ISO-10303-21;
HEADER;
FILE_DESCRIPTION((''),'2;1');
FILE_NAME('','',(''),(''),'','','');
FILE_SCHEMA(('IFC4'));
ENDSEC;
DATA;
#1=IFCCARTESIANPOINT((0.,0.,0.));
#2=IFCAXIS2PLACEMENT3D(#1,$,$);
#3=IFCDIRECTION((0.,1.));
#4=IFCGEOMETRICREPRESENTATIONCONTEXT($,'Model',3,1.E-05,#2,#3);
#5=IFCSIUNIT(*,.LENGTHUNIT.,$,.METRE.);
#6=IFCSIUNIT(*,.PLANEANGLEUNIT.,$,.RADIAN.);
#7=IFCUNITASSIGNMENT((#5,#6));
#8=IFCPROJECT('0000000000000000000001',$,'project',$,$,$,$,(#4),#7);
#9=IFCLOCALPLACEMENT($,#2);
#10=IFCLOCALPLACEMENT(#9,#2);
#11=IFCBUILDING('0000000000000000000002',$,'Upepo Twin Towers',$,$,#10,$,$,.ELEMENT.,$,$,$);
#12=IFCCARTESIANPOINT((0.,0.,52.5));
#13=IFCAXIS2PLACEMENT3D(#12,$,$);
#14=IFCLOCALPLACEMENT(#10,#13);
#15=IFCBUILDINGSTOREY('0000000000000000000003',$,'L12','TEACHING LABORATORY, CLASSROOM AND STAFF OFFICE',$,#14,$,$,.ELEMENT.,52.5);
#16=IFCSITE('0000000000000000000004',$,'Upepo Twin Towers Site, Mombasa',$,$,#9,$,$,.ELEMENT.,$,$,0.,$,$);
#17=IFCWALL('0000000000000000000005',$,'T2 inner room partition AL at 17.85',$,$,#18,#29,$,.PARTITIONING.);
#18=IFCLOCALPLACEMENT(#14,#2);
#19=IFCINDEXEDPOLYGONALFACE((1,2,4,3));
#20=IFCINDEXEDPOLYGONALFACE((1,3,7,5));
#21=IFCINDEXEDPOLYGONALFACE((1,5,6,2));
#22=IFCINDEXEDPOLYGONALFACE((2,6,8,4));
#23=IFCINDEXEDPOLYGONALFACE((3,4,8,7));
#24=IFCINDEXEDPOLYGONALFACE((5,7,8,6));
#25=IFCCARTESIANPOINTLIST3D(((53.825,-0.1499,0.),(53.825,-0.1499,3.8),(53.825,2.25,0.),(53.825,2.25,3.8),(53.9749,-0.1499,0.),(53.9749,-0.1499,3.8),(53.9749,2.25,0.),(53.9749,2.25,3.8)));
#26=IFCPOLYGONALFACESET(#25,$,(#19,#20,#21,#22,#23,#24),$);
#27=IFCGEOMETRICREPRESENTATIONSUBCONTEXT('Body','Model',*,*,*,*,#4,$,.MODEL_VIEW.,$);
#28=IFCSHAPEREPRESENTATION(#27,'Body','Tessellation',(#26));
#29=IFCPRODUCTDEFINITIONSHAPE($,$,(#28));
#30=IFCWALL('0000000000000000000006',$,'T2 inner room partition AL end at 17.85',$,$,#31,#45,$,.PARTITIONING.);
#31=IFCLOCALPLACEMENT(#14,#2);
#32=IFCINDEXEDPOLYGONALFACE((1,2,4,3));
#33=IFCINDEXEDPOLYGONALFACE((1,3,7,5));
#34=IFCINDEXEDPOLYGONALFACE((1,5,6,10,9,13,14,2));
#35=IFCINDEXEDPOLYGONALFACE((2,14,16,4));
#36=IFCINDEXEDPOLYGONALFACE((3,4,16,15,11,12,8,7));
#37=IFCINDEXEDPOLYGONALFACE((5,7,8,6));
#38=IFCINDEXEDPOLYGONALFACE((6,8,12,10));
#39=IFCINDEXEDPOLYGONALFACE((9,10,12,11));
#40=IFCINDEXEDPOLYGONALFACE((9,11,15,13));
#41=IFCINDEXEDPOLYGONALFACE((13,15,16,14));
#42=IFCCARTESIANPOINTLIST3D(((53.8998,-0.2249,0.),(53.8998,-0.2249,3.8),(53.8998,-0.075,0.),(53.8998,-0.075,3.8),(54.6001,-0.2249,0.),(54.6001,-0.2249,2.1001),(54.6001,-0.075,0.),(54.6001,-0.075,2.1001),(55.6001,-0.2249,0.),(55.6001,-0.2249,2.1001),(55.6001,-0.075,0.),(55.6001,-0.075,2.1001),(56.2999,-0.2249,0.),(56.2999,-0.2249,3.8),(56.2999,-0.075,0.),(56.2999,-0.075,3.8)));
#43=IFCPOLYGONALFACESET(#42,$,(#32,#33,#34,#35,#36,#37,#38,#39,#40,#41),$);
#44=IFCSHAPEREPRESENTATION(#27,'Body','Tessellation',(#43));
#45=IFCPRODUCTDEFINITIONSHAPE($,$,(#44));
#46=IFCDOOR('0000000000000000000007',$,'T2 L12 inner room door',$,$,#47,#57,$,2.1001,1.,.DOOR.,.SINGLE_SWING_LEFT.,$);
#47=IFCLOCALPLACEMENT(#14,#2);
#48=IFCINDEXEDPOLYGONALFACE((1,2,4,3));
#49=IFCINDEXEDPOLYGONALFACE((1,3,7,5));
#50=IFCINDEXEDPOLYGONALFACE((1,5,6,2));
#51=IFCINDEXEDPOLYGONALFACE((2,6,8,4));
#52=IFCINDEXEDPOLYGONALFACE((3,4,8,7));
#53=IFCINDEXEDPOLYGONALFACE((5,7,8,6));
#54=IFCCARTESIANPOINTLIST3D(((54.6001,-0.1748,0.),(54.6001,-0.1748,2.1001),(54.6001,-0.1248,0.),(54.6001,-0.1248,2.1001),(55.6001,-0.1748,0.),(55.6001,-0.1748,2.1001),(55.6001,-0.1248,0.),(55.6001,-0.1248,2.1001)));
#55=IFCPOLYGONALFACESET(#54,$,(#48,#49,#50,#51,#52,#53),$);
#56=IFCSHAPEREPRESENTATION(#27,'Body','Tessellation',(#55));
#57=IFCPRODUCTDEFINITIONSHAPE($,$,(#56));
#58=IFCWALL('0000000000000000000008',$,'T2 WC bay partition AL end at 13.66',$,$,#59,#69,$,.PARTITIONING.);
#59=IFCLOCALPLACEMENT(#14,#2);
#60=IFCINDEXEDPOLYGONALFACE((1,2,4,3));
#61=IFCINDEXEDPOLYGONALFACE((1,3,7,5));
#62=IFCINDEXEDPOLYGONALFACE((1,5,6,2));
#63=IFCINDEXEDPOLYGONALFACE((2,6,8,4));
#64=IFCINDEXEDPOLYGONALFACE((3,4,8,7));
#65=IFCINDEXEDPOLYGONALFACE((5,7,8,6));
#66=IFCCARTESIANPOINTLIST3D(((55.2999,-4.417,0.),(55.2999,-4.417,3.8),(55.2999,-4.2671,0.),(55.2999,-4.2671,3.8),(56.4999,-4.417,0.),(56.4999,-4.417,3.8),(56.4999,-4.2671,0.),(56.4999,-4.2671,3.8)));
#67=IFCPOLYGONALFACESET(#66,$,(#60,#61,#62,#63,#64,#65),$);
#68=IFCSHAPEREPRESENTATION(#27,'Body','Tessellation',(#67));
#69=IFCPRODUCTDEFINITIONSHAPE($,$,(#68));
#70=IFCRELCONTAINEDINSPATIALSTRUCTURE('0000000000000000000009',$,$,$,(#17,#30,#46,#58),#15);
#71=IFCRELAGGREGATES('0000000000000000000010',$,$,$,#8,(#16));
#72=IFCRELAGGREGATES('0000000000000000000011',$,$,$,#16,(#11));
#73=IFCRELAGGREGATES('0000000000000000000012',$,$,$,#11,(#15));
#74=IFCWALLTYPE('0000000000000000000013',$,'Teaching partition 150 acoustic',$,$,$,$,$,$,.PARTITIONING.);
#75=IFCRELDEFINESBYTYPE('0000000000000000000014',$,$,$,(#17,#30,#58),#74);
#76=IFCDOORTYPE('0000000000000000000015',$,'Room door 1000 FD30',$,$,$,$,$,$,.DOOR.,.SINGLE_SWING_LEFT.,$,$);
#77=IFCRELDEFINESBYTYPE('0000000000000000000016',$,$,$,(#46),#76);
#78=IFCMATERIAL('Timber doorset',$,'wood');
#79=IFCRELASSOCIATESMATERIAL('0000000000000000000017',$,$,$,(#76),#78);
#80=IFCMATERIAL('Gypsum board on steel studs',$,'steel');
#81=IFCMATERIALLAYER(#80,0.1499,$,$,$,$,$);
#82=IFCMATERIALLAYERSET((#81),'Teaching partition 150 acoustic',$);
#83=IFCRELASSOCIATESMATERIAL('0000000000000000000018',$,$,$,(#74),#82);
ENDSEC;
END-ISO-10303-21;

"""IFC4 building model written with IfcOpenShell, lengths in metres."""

from ifc_helpers import new_model, si_unit, direction, frame, frame_2d, origin, place, context, subcontext, project, spatial, rectangle, extrude, material, layer, layer_set, type_object, element, fill, save


model = new_model("IFC4")

# Units and contexts
model_context = context("Model", 3, precision=1e-05, world=origin(), true_north=direction((0.0, 1.0)))
body_context = subcontext(model_context, "Body", "Model", "MODEL_VIEW")
ifc_project = project(units=[si_unit("LENGTHUNIT", "METRE"), si_unit("PLANEANGLEUNIT", "RADIAN")], contexts=[model_context])

# Site, building, storey
site_placement = place(None, origin())
site = spatial("IfcSite", under=ifc_project, at=site_placement, Name="Upepo Twin Towers Site, Mombasa", CompositionType="ELEMENT", RefElevation=0.0)
building_placement = place(site_placement, origin())
building = spatial("IfcBuilding", under=site, at=building_placement, Name="Upepo Twin Towers", CompositionType="ELEMENT")
storey_placement = place(building_placement, frame((0.0, 0.0, 52.5)))
storey = spatial("IfcBuildingStorey", under=building, at=storey_placement, Name="L12", Description="TEACHING LABORATORY, CLASSROOM AND STAFF OFFICE", CompositionType="ELEMENT", Elevation=52.5)

# Shared definitions
ifc_material_1 = material(Name="Timber doorset", Category="wood")
door_type_1 = type_object("IfcDoorType", Name="Room door 1000 FD30", OperationType="SINGLE_SWING_LEFT", PredefinedType="DOOR", material=ifc_material_1)

# Wall
ifc_material_2 = material(Name="Gypsum board on steel studs", Category="steel")
ifc_layer_1 = layer(ifc_material_2, 0.1499)
ifc_layer_set_1 = layer_set([ifc_layer_1], Name="Teaching partition 150 acoustic")
wall_type_1 = type_object("IfcWallType", Name="Teaching partition 150 acoustic", PredefinedType="PARTITIONING", material=ifc_layer_set_1)
wall_1_placement = place(storey_placement, frame((53.8999, -0.1499, 0.0), z_axis=(0.0, 0.0, 1.0), x_axis=(0.0, 1.0, 0.0)))
element("IfcWall", 1, at=wall_1_placement, inside=storey, type_object=wall_type_1, Name="T2 inner room partition AL at 17.85", PredefinedType="PARTITIONING", context=body_context, shape_type="SweptSolid", body=[
    extrude(rectangle(XDim=2.3999, YDim=0.1499, at=frame_2d((1.2, 0.0))), origin(), (0.0, 0.0, 1.0), 3.8),
])

# Wall, opening, door
wall_2_placement = place(storey_placement, frame((56.3, -0.1499, 0.0), z_axis=(0.0, 0.0, 1.0), x_axis=(-1.0, 0.0, 0.0)))
wall_2 = element("IfcWall", 2, at=wall_2_placement, inside=storey, type_object=wall_type_1, Name="T2 inner room partition AL end at 17.85", PredefinedType="PARTITIONING", context=body_context, shape_type="SweptSolid", body=[
    extrude(rectangle(XDim=2.4001, YDim=0.1499, at=frame_2d((1.2002, 0.0))), origin(), (0.0, 0.0, 1.0), 3.8),
])
opening_1_placement = place(wall_2_placement, frame((0.7, 0.0, 0.0)))
opening_1 = element("IfcOpeningElement", 3, at=opening_1_placement, cuts=wall_2, PredefinedType="OPENING", context=body_context, shape_type="SweptSolid", body=[
    extrude(rectangle(XDim=1.0, YDim=2.1001, at=frame_2d((0.5, 1.05))), frame((0.0, 0.085, 0.0), z_axis=(0.0, -1.0, 0.0), x_axis=(1.0, 0.0, 0.0)), (0.0, 0.0, 1.0), 0.1699),
])
door_1_placement = place(opening_1_placement, origin())
door_1 = element("IfcDoor", 4, at=door_1_placement, inside=storey, type_object=door_type_1, Name="T2 L12 inner room door", OperationType="SINGLE_SWING_LEFT", OverallHeight=2.1001, OverallWidth=1.0, PredefinedType="DOOR", context=body_context, shape_type="SweptSolid", body=[
    extrude(rectangle(XDim=1.0, YDim=2.1001, at=frame_2d((0.5, 1.05))), frame((0.0, 0.0249, 0.0), z_axis=(0.0, -1.0, 0.0), x_axis=(1.0, 0.0, 0.0)), (0.0, 0.0, 1.0), 0.05),
])
fill(opening_1, door_1)

# Wall
wall_3_placement = place(storey_placement, frame((56.5, -4.342, 0.0), z_axis=(0.0, 0.0, 1.0), x_axis=(-1.0, 0.0, 0.0)))
element("IfcWall", 5, at=wall_3_placement, inside=storey, type_object=wall_type_1, Name="T2 WC bay partition AL end at 13.66", PredefinedType="PARTITIONING", context=body_context, shape_type="SweptSolid", body=[
    extrude(rectangle(XDim=1.2, YDim=0.1499, at=frame_2d((0.6001, 0.0))), origin(), (0.0, 0.0, 1.0), 3.8),
])

save(model, "model.ifc")
